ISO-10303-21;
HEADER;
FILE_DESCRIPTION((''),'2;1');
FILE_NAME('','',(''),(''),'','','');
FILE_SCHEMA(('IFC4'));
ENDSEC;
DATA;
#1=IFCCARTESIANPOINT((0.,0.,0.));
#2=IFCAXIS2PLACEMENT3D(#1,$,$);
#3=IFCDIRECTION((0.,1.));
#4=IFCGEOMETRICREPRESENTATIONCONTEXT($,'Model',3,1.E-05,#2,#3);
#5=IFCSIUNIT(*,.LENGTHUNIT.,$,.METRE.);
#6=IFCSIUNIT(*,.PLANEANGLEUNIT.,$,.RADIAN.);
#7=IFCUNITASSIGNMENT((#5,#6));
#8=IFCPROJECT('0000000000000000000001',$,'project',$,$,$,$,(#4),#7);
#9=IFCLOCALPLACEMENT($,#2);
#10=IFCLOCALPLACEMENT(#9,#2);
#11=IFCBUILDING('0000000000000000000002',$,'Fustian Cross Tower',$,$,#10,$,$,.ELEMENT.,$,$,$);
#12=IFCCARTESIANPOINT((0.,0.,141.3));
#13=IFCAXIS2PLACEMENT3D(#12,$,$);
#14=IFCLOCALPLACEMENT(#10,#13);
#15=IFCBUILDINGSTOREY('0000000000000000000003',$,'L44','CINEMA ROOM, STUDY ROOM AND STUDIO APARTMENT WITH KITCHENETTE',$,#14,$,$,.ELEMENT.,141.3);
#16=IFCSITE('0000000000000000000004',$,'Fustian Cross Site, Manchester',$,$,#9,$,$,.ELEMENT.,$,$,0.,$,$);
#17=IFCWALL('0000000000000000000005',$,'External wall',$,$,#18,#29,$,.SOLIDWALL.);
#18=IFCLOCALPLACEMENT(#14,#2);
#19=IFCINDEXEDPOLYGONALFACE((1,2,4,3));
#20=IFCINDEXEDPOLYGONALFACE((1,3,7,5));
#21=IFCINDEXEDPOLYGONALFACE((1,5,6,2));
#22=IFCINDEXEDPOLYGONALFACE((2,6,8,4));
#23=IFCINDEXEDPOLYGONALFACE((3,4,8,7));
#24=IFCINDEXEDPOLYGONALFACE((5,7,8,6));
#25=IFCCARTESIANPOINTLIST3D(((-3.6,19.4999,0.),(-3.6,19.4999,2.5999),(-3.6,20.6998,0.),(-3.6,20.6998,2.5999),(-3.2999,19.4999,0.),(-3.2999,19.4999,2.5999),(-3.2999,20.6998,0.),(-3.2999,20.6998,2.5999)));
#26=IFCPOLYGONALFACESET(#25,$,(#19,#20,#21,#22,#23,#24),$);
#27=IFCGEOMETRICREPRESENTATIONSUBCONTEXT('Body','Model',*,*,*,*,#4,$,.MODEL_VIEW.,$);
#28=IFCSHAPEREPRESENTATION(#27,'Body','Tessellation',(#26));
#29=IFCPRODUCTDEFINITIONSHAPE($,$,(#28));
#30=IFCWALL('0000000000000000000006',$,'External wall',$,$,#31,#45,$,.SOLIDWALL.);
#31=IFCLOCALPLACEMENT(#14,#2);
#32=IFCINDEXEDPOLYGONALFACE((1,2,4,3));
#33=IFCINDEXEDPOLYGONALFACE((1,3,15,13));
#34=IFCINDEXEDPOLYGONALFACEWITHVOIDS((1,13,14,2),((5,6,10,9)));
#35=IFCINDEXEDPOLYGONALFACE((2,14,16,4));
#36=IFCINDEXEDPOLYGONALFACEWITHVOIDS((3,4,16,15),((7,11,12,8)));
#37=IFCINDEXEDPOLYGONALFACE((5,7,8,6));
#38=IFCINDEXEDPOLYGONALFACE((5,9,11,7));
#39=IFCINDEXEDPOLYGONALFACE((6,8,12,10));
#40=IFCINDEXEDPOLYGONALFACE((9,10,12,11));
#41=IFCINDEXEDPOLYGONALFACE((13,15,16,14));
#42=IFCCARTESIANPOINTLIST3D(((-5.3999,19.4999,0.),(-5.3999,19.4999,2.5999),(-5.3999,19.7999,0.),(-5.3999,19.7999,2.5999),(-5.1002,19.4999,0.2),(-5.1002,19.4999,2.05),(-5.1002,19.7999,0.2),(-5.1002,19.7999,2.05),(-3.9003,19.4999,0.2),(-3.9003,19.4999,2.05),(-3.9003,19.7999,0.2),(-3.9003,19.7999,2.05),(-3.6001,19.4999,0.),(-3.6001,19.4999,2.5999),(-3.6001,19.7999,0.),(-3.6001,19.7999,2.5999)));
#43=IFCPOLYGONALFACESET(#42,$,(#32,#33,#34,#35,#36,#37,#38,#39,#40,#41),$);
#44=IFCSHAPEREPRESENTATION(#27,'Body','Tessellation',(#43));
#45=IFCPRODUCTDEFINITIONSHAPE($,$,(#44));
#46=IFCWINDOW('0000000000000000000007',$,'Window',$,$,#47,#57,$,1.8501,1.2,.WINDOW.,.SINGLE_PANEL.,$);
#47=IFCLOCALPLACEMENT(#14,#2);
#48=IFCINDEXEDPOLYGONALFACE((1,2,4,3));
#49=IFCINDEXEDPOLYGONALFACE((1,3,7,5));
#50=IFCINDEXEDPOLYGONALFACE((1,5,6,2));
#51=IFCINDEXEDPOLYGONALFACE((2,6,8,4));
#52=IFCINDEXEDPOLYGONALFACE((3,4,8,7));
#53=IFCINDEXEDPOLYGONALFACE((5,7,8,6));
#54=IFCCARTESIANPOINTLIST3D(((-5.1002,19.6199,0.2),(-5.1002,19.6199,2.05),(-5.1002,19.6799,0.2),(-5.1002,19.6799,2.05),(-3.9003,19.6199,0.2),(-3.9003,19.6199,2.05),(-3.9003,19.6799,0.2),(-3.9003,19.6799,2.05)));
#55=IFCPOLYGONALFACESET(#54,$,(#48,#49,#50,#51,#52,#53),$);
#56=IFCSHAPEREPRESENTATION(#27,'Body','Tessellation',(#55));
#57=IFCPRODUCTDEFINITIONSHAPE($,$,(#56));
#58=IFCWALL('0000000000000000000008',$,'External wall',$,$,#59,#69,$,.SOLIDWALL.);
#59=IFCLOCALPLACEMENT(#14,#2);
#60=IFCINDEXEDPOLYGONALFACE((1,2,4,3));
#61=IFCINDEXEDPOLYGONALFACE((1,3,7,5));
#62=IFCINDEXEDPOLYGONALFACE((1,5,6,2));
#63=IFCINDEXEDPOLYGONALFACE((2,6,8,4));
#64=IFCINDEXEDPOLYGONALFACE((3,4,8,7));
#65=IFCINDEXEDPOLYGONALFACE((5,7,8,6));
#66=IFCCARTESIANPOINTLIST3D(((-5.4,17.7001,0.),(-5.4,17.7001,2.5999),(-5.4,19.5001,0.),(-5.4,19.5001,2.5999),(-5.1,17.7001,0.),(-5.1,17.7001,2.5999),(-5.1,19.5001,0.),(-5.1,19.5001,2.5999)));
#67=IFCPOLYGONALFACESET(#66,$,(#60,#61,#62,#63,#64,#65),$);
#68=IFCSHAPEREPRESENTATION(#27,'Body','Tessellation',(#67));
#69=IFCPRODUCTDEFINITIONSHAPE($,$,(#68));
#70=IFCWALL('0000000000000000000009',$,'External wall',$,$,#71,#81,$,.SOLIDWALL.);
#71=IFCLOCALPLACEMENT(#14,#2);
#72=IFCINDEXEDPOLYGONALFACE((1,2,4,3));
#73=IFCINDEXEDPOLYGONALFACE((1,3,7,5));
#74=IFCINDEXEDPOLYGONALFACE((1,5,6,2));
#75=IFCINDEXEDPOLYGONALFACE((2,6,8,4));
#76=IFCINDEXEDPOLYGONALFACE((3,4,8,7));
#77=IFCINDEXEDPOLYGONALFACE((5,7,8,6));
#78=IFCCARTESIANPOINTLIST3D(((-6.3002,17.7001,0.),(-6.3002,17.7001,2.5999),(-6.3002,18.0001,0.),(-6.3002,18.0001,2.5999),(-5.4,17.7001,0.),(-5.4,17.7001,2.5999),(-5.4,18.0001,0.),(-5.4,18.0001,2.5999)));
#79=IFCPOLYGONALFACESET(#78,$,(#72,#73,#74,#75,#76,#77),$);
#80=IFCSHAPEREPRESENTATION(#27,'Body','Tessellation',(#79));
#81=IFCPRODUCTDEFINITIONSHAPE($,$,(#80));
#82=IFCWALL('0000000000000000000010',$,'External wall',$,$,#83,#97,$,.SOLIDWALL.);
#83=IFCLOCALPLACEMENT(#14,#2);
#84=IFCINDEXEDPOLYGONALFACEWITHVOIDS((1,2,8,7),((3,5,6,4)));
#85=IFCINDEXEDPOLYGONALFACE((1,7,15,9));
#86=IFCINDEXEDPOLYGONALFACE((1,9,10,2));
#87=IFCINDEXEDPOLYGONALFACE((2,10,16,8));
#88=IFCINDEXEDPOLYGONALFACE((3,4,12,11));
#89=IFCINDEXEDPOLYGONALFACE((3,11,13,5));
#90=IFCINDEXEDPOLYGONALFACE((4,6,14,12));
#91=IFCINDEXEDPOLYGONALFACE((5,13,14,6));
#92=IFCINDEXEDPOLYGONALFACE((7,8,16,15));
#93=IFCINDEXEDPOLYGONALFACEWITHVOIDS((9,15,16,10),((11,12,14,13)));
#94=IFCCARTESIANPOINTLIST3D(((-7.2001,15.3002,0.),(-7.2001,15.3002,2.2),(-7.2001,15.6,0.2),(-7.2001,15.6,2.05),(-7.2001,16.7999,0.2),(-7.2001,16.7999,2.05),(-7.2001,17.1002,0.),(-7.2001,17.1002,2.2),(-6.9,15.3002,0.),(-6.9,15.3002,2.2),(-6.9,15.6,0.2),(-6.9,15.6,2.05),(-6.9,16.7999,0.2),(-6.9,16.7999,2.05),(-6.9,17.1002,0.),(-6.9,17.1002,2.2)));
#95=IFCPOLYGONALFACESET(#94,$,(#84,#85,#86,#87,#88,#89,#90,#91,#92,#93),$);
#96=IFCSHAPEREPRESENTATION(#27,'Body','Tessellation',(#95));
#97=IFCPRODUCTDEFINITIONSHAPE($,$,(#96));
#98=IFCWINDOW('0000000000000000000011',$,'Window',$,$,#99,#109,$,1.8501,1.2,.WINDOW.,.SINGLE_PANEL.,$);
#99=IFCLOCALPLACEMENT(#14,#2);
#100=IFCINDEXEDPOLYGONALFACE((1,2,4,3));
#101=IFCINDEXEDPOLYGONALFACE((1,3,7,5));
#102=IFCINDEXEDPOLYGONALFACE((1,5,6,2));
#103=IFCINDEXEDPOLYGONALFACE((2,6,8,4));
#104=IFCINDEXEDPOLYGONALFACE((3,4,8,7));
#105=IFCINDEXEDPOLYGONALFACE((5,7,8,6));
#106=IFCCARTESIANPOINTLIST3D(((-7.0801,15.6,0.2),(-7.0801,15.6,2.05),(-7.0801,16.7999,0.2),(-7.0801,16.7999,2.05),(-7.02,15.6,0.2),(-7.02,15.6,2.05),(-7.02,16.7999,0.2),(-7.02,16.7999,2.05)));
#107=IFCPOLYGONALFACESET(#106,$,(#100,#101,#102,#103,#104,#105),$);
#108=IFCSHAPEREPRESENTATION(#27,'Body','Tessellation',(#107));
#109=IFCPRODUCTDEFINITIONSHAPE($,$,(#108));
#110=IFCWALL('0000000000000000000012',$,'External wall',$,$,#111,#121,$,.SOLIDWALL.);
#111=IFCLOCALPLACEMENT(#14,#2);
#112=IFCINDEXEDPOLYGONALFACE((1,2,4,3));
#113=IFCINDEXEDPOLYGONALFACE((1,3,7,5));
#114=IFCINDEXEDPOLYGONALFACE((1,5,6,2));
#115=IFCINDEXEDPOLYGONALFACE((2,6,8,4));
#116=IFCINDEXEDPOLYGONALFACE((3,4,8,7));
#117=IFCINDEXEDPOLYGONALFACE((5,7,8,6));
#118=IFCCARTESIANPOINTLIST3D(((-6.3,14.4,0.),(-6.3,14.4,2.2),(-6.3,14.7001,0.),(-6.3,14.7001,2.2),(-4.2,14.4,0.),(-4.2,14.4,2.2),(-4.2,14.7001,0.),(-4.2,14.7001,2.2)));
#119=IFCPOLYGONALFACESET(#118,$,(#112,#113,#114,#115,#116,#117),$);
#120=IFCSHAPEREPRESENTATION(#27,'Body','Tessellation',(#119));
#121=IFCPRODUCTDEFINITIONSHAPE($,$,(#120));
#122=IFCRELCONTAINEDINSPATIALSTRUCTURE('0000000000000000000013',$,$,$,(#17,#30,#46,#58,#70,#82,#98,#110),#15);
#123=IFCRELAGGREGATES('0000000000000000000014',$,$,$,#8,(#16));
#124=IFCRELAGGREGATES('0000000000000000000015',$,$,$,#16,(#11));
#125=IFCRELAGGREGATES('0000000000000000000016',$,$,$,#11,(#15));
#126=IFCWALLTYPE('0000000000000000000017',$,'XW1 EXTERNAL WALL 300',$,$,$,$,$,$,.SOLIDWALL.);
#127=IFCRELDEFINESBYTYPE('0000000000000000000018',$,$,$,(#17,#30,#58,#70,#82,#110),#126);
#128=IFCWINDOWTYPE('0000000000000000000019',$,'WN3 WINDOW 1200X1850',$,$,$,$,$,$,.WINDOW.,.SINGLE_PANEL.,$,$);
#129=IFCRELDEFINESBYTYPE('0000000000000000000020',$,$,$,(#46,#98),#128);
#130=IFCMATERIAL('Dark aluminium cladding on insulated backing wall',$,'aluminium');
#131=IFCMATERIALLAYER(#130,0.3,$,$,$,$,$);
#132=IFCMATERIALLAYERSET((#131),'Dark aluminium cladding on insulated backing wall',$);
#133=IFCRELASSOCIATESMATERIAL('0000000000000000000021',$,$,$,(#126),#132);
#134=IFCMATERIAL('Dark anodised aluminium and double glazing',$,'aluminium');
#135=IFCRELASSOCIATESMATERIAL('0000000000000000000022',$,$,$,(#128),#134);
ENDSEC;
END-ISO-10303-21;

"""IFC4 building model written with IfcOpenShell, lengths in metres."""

from ifc_helpers import new_model, si_unit, direction, frame, frame_2d, origin, place, context, subcontext, project, spatial, rectangle, extrude, material, layer, layer_set, type_object, element, fill, save


model = new_model("IFC4")

# Units and contexts
model_context = context("Model", 3, precision=1e-05, world=origin(), true_north=direction((0.0, 1.0)))
body_context = subcontext(model_context, "Body", "Model", "MODEL_VIEW")
ifc_project = project(units=[si_unit("LENGTHUNIT", "METRE"), si_unit("PLANEANGLEUNIT", "RADIAN")], contexts=[model_context])

# Site, building, storey
site_placement = place(None, origin())
site = spatial("IfcSite", under=ifc_project, at=site_placement, Name="Fustian Cross Site, Manchester", CompositionType="ELEMENT", RefElevation=0.0)
building_placement = place(site_placement, origin())
building = spatial("IfcBuilding", under=site, at=building_placement, Name="Fustian Cross Tower", CompositionType="ELEMENT")
storey_placement = place(building_placement, frame((0.0, 0.0, 141.3)))
storey = spatial("IfcBuildingStorey", under=building, at=storey_placement, Name="L44", Description="CINEMA ROOM, STUDY ROOM AND STUDIO APARTMENT WITH KITCHENETTE", CompositionType="ELEMENT", Elevation=141.3)

# Wall
ifc_material_1 = material(Name="Dark aluminium cladding on insulated backing wall", Category="aluminium")
ifc_layer_1 = layer(ifc_material_1, 0.3)
ifc_layer_set_1 = layer_set([ifc_layer_1], Name="Dark aluminium cladding on insulated backing wall")
wall_type_1 = type_object("IfcWallType", Name="XW1 EXTERNAL WALL 300", PredefinedType="SOLIDWALL", material=ifc_layer_set_1)
wall_1_placement = place(storey_placement, frame((-3.45, 20.7, 0.0), z_axis=(0.0, 0.0, 1.0), x_axis=(0.0, -1.0, 0.0)))
element("IfcWall", 1, at=wall_1_placement, inside=storey, type_object=wall_type_1, Name="External wall", PredefinedType="SOLIDWALL", context=body_context, shape_type="SweptSolid", body=[
    extrude(rectangle(XDim=1.2, YDim=0.3, at=frame_2d((0.6001, 0.0))), origin(), (0.0, 0.0, 1.0), 2.5999),
])

# Wall, opening, window
wall_2_placement = place(storey_placement, frame((-3.6001, 19.6499, 0.0), z_axis=(0.0, 0.0, 1.0), x_axis=(-1.0, 0.0, 0.0)))
wall_2 = element("IfcWall", 2, at=wall_2_placement, inside=storey, type_object=wall_type_1, Name="External wall", PredefinedType="SOLIDWALL", context=body_context, shape_type="SweptSolid", body=[
    extrude(rectangle(XDim=1.7998, YDim=0.3, at=frame_2d((0.8999, 0.0))), origin(), (0.0, 0.0, 1.0), 2.5999),
])
opening_1_placement = place(wall_2_placement, frame((0.3, 0.0, 0.2)))
opening_1 = element("IfcOpeningElement", 3, at=opening_1_placement, cuts=wall_2, PredefinedType="OPENING", context=body_context, shape_type="SweptSolid", body=[
    extrude(rectangle(XDim=1.2, YDim=1.8501, at=frame_2d((0.6001, 0.925))), frame((0.0, 0.1599, 0.0), z_axis=(0.0, -1.0, 0.0), x_axis=(1.0, 0.0, 0.0)), (0.0, 0.0, 1.0), 0.3201),
])
ifc_material_2 = material(Name="Dark anodised aluminium and double glazing", Category="aluminium")
window_type_1 = type_object("IfcWindowType", Name="WN3 WINDOW 1200X1850", PartitioningType="SINGLE_PANEL", PredefinedType="WINDOW", material=ifc_material_2)
window_1_placement = place(opening_1_placement, origin())
window_1 = element("IfcWindow", 4, at=window_1_placement, inside=storey, type_object=window_type_1, Name="Window", OverallHeight=1.8501, OverallWidth=1.2, PartitioningType="SINGLE_PANEL", PredefinedType="WINDOW", context=body_context, shape_type="SweptSolid", body=[
    extrude(rectangle(XDim=1.2, YDim=1.8501, at=frame_2d((0.6001, 0.925))), frame((0.0, 0.03, 0.0), z_axis=(0.0, -1.0, 0.0), x_axis=(1.0, 0.0, 0.0)), (0.0, 0.0, 1.0), 0.0601),
])
fill(opening_1, window_1)

# Walls
wall_3_placement = place(storey_placement, frame((-5.25, 19.5, 0.0), z_axis=(0.0, 0.0, 1.0), x_axis=(0.0, -1.0, 0.0)))
element("IfcWall", 5, at=wall_3_placement, inside=storey, type_object=wall_type_1, Name="External wall", PredefinedType="SOLIDWALL", context=body_context, shape_type="SweptSolid", body=[
    extrude(rectangle(XDim=1.8, YDim=0.3, at=frame_2d((0.8999, 0.0))), origin(), (0.0, 0.0, 1.0), 2.5999),
])
wall_4_placement = place(storey_placement, frame((-5.3999, 17.8501, 0.0), z_axis=(0.0, 0.0, 1.0), x_axis=(-1.0, 0.0, 0.0)))
element("IfcWall", 6, at=wall_4_placement, inside=storey, type_object=wall_type_1, Name="External wall", PredefinedType="SOLIDWALL", context=body_context, shape_type="SweptSolid", body=[
    extrude(rectangle(XDim=0.9001, YDim=0.3, at=frame_2d((0.4502, 0.0))), origin(), (0.0, 0.0, 1.0), 2.5999),
])

# Wall, opening, window
wall_5_placement = place(storey_placement, frame((-7.05, 17.1001, 0.0), z_axis=(0.0, 0.0, 1.0), x_axis=(0.0, -1.0, 0.0)))
wall_5 = element("IfcWall", 7, at=wall_5_placement, inside=storey, type_object=wall_type_1, Name="External wall", PredefinedType="SOLIDWALL", context=body_context, shape_type="SweptSolid", body=[
    extrude(rectangle(XDim=1.8, YDim=0.3, at=frame_2d((0.8999, 0.0))), origin(), (0.0, 0.0, 1.0), 2.2),
])
opening_2_placement = place(wall_5_placement, frame((0.3, 0.0, 0.2)))
opening_2 = element("IfcOpeningElement", 8, at=opening_2_placement, cuts=wall_5, PredefinedType="OPENING", context=body_context, shape_type="SweptSolid", body=[
    extrude(rectangle(XDim=1.2, YDim=1.8501, at=frame_2d((0.6001, 0.925))), frame((0.0, 0.1599, 0.0), z_axis=(0.0, -1.0, 0.0), x_axis=(1.0, 0.0, 0.0)), (0.0, 0.0, 1.0), 0.3201),
])
window_2_placement = place(opening_2_placement, origin())
window_2 = element("IfcWindow", 9, at=window_2_placement, inside=storey, type_object=window_type_1, Name="Window", OverallHeight=1.8501, OverallWidth=1.2, PartitioningType="SINGLE_PANEL", PredefinedType="WINDOW", context=body_context, shape_type="SweptSolid", body=[
    extrude(rectangle(XDim=1.2, YDim=1.8501, at=frame_2d((0.6001, 0.925))), frame((0.0, 0.03, 0.0), z_axis=(0.0, -1.0, 0.0), x_axis=(1.0, 0.0, 0.0)), (0.0, 0.0, 1.0), 0.0601),
])
fill(opening_2, window_2)

# Wall
wall_6_placement = place(storey_placement, frame((-6.3, 14.55, 0.0), z_axis=(0.0, 0.0, 1.0), x_axis=(1.0, 0.0, 0.0)))
element("IfcWall", 10, at=wall_6_placement, inside=storey, type_object=wall_type_1, Name="External wall", PredefinedType="SOLIDWALL", context=body_context, shape_type="SweptSolid", body=[
    extrude(rectangle(XDim=2.1001, YDim=0.3, at=frame_2d((1.05, 0.0))), origin(), (0.0, 0.0, 1.0), 2.2),
])

save(model, "model.ifc")
